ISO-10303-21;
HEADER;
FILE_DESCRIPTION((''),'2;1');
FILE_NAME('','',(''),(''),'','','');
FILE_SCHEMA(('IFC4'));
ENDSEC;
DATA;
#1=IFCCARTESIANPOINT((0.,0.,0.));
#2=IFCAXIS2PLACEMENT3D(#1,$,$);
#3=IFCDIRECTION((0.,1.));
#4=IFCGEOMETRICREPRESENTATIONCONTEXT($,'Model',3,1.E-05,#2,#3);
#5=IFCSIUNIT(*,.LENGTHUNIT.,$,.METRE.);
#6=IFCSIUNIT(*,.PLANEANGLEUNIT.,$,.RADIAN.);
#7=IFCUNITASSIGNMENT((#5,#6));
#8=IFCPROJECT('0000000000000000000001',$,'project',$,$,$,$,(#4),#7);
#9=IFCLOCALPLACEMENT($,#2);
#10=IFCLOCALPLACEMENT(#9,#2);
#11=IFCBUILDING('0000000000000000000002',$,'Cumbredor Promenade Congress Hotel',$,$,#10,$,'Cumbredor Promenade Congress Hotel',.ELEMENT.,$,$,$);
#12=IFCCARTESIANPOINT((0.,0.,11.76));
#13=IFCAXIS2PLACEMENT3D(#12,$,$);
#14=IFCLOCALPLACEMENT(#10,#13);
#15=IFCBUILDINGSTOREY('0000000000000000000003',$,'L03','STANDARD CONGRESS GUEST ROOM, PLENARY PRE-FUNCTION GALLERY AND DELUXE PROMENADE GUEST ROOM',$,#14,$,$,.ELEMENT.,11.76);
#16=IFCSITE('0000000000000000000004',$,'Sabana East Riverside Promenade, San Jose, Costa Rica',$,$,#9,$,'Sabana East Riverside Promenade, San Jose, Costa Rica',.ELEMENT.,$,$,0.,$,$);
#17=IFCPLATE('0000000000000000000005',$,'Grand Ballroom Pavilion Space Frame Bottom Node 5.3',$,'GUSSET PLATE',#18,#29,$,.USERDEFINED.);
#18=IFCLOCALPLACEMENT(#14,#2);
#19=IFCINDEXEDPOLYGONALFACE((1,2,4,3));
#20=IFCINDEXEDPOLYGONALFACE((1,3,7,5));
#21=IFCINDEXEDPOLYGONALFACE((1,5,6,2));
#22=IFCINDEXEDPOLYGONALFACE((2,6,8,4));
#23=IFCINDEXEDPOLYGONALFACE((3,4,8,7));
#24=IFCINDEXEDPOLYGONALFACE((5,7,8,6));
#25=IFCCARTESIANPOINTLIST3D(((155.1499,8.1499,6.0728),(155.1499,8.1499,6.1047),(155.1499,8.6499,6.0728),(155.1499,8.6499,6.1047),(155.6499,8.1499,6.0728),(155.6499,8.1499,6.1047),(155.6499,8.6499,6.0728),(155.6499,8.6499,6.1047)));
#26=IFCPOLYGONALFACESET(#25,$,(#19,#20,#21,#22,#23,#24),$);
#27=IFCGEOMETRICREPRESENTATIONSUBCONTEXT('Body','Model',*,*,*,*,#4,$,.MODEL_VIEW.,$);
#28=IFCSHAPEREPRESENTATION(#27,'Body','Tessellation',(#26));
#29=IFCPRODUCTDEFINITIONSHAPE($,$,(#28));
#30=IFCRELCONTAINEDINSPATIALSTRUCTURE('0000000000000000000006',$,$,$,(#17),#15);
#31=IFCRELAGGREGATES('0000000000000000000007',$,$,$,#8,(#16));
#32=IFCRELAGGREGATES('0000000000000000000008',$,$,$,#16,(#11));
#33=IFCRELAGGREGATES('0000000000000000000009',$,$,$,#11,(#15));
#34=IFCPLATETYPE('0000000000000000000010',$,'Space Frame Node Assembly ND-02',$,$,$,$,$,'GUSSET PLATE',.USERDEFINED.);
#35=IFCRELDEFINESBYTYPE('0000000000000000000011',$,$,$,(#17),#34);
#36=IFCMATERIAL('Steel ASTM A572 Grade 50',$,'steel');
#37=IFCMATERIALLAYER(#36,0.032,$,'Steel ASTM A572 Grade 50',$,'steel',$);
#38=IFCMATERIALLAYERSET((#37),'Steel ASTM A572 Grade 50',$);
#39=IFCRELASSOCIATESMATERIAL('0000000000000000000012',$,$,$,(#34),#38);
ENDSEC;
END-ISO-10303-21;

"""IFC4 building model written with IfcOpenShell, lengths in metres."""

from ifc_helpers import new_model, si_unit, direction, frame, origin, origin_2d, place, context, subcontext, project, spatial, rectangle, extrude, material, layer, layer_set, type_object, element, save


model = new_model("IFC4")

# Units and contexts
model_context = context("Model", 3, precision=1e-05, world=origin(), true_north=direction((0.0, 1.0)))
body_context = subcontext(model_context, "Body", "Model", "MODEL_VIEW")
ifc_project = project(units=[si_unit("LENGTHUNIT", "METRE"), si_unit("PLANEANGLEUNIT", "RADIAN")], contexts=[model_context])

# Site, building, storey
site_placement = place(None, origin())
site = spatial("IfcSite", under=ifc_project, at=site_placement, Name="Sabana East Riverside Promenade, San Jose, Costa Rica", LongName="Sabana East Riverside Promenade, San Jose, Costa Rica", CompositionType="ELEMENT", RefElevation=0.0)
building_placement = place(site_placement, origin())
building = spatial("IfcBuilding", under=site, at=building_placement, Name="Cumbredor Promenade Congress Hotel", LongName="Cumbredor Promenade Congress Hotel", CompositionType="ELEMENT")
storey_placement = place(building_placement, frame((0.0, 0.0, 11.76)))
storey = spatial("IfcBuildingStorey", under=building, at=storey_placement, Name="L03", Description="STANDARD CONGRESS GUEST ROOM, PLENARY PRE-FUNCTION GALLERY AND DELUXE PROMENADE GUEST ROOM", CompositionType="ELEMENT", Elevation=11.76)

# Plate
ifc_material_1 = material(Name="Steel ASTM A572 Grade 50", Category="steel")
ifc_layer_1 = layer(ifc_material_1, 0.032, Name="Steel ASTM A572 Grade 50", Category="steel")
ifc_layer_set_1 = layer_set([ifc_layer_1], Name="Steel ASTM A572 Grade 50")
plate_type_1 = type_object("IfcPlateType", Name="Space Frame Node Assembly ND-02", ElementType="GUSSET PLATE", PredefinedType="USERDEFINED", material=ifc_layer_set_1)
for number, where, z_axis, x_axis, name in (
    (1, (155.3999, 8.3999, 6.0728), (0.0, 0.0, 1.0), (1.0, 0.0, 0.0), "Grand Ballroom Pavilion Space Frame Bottom Node 5.3"),
):
    element("IfcPlate", number, at=place(storey_placement, frame(where, z_axis=z_axis, x_axis=x_axis)), inside=storey, type_object=plate_type_1, Name=name, ObjectType="GUSSET PLATE", PredefinedType="USERDEFINED", context=body_context, shape_type="SweptSolid", body=[
        extrude(rectangle(XDim=0.5, YDim=0.5, at=origin_2d()), origin(), (0.0, 0.0, 1.0), 0.032),
    ])

save(model, "model.ifc")
